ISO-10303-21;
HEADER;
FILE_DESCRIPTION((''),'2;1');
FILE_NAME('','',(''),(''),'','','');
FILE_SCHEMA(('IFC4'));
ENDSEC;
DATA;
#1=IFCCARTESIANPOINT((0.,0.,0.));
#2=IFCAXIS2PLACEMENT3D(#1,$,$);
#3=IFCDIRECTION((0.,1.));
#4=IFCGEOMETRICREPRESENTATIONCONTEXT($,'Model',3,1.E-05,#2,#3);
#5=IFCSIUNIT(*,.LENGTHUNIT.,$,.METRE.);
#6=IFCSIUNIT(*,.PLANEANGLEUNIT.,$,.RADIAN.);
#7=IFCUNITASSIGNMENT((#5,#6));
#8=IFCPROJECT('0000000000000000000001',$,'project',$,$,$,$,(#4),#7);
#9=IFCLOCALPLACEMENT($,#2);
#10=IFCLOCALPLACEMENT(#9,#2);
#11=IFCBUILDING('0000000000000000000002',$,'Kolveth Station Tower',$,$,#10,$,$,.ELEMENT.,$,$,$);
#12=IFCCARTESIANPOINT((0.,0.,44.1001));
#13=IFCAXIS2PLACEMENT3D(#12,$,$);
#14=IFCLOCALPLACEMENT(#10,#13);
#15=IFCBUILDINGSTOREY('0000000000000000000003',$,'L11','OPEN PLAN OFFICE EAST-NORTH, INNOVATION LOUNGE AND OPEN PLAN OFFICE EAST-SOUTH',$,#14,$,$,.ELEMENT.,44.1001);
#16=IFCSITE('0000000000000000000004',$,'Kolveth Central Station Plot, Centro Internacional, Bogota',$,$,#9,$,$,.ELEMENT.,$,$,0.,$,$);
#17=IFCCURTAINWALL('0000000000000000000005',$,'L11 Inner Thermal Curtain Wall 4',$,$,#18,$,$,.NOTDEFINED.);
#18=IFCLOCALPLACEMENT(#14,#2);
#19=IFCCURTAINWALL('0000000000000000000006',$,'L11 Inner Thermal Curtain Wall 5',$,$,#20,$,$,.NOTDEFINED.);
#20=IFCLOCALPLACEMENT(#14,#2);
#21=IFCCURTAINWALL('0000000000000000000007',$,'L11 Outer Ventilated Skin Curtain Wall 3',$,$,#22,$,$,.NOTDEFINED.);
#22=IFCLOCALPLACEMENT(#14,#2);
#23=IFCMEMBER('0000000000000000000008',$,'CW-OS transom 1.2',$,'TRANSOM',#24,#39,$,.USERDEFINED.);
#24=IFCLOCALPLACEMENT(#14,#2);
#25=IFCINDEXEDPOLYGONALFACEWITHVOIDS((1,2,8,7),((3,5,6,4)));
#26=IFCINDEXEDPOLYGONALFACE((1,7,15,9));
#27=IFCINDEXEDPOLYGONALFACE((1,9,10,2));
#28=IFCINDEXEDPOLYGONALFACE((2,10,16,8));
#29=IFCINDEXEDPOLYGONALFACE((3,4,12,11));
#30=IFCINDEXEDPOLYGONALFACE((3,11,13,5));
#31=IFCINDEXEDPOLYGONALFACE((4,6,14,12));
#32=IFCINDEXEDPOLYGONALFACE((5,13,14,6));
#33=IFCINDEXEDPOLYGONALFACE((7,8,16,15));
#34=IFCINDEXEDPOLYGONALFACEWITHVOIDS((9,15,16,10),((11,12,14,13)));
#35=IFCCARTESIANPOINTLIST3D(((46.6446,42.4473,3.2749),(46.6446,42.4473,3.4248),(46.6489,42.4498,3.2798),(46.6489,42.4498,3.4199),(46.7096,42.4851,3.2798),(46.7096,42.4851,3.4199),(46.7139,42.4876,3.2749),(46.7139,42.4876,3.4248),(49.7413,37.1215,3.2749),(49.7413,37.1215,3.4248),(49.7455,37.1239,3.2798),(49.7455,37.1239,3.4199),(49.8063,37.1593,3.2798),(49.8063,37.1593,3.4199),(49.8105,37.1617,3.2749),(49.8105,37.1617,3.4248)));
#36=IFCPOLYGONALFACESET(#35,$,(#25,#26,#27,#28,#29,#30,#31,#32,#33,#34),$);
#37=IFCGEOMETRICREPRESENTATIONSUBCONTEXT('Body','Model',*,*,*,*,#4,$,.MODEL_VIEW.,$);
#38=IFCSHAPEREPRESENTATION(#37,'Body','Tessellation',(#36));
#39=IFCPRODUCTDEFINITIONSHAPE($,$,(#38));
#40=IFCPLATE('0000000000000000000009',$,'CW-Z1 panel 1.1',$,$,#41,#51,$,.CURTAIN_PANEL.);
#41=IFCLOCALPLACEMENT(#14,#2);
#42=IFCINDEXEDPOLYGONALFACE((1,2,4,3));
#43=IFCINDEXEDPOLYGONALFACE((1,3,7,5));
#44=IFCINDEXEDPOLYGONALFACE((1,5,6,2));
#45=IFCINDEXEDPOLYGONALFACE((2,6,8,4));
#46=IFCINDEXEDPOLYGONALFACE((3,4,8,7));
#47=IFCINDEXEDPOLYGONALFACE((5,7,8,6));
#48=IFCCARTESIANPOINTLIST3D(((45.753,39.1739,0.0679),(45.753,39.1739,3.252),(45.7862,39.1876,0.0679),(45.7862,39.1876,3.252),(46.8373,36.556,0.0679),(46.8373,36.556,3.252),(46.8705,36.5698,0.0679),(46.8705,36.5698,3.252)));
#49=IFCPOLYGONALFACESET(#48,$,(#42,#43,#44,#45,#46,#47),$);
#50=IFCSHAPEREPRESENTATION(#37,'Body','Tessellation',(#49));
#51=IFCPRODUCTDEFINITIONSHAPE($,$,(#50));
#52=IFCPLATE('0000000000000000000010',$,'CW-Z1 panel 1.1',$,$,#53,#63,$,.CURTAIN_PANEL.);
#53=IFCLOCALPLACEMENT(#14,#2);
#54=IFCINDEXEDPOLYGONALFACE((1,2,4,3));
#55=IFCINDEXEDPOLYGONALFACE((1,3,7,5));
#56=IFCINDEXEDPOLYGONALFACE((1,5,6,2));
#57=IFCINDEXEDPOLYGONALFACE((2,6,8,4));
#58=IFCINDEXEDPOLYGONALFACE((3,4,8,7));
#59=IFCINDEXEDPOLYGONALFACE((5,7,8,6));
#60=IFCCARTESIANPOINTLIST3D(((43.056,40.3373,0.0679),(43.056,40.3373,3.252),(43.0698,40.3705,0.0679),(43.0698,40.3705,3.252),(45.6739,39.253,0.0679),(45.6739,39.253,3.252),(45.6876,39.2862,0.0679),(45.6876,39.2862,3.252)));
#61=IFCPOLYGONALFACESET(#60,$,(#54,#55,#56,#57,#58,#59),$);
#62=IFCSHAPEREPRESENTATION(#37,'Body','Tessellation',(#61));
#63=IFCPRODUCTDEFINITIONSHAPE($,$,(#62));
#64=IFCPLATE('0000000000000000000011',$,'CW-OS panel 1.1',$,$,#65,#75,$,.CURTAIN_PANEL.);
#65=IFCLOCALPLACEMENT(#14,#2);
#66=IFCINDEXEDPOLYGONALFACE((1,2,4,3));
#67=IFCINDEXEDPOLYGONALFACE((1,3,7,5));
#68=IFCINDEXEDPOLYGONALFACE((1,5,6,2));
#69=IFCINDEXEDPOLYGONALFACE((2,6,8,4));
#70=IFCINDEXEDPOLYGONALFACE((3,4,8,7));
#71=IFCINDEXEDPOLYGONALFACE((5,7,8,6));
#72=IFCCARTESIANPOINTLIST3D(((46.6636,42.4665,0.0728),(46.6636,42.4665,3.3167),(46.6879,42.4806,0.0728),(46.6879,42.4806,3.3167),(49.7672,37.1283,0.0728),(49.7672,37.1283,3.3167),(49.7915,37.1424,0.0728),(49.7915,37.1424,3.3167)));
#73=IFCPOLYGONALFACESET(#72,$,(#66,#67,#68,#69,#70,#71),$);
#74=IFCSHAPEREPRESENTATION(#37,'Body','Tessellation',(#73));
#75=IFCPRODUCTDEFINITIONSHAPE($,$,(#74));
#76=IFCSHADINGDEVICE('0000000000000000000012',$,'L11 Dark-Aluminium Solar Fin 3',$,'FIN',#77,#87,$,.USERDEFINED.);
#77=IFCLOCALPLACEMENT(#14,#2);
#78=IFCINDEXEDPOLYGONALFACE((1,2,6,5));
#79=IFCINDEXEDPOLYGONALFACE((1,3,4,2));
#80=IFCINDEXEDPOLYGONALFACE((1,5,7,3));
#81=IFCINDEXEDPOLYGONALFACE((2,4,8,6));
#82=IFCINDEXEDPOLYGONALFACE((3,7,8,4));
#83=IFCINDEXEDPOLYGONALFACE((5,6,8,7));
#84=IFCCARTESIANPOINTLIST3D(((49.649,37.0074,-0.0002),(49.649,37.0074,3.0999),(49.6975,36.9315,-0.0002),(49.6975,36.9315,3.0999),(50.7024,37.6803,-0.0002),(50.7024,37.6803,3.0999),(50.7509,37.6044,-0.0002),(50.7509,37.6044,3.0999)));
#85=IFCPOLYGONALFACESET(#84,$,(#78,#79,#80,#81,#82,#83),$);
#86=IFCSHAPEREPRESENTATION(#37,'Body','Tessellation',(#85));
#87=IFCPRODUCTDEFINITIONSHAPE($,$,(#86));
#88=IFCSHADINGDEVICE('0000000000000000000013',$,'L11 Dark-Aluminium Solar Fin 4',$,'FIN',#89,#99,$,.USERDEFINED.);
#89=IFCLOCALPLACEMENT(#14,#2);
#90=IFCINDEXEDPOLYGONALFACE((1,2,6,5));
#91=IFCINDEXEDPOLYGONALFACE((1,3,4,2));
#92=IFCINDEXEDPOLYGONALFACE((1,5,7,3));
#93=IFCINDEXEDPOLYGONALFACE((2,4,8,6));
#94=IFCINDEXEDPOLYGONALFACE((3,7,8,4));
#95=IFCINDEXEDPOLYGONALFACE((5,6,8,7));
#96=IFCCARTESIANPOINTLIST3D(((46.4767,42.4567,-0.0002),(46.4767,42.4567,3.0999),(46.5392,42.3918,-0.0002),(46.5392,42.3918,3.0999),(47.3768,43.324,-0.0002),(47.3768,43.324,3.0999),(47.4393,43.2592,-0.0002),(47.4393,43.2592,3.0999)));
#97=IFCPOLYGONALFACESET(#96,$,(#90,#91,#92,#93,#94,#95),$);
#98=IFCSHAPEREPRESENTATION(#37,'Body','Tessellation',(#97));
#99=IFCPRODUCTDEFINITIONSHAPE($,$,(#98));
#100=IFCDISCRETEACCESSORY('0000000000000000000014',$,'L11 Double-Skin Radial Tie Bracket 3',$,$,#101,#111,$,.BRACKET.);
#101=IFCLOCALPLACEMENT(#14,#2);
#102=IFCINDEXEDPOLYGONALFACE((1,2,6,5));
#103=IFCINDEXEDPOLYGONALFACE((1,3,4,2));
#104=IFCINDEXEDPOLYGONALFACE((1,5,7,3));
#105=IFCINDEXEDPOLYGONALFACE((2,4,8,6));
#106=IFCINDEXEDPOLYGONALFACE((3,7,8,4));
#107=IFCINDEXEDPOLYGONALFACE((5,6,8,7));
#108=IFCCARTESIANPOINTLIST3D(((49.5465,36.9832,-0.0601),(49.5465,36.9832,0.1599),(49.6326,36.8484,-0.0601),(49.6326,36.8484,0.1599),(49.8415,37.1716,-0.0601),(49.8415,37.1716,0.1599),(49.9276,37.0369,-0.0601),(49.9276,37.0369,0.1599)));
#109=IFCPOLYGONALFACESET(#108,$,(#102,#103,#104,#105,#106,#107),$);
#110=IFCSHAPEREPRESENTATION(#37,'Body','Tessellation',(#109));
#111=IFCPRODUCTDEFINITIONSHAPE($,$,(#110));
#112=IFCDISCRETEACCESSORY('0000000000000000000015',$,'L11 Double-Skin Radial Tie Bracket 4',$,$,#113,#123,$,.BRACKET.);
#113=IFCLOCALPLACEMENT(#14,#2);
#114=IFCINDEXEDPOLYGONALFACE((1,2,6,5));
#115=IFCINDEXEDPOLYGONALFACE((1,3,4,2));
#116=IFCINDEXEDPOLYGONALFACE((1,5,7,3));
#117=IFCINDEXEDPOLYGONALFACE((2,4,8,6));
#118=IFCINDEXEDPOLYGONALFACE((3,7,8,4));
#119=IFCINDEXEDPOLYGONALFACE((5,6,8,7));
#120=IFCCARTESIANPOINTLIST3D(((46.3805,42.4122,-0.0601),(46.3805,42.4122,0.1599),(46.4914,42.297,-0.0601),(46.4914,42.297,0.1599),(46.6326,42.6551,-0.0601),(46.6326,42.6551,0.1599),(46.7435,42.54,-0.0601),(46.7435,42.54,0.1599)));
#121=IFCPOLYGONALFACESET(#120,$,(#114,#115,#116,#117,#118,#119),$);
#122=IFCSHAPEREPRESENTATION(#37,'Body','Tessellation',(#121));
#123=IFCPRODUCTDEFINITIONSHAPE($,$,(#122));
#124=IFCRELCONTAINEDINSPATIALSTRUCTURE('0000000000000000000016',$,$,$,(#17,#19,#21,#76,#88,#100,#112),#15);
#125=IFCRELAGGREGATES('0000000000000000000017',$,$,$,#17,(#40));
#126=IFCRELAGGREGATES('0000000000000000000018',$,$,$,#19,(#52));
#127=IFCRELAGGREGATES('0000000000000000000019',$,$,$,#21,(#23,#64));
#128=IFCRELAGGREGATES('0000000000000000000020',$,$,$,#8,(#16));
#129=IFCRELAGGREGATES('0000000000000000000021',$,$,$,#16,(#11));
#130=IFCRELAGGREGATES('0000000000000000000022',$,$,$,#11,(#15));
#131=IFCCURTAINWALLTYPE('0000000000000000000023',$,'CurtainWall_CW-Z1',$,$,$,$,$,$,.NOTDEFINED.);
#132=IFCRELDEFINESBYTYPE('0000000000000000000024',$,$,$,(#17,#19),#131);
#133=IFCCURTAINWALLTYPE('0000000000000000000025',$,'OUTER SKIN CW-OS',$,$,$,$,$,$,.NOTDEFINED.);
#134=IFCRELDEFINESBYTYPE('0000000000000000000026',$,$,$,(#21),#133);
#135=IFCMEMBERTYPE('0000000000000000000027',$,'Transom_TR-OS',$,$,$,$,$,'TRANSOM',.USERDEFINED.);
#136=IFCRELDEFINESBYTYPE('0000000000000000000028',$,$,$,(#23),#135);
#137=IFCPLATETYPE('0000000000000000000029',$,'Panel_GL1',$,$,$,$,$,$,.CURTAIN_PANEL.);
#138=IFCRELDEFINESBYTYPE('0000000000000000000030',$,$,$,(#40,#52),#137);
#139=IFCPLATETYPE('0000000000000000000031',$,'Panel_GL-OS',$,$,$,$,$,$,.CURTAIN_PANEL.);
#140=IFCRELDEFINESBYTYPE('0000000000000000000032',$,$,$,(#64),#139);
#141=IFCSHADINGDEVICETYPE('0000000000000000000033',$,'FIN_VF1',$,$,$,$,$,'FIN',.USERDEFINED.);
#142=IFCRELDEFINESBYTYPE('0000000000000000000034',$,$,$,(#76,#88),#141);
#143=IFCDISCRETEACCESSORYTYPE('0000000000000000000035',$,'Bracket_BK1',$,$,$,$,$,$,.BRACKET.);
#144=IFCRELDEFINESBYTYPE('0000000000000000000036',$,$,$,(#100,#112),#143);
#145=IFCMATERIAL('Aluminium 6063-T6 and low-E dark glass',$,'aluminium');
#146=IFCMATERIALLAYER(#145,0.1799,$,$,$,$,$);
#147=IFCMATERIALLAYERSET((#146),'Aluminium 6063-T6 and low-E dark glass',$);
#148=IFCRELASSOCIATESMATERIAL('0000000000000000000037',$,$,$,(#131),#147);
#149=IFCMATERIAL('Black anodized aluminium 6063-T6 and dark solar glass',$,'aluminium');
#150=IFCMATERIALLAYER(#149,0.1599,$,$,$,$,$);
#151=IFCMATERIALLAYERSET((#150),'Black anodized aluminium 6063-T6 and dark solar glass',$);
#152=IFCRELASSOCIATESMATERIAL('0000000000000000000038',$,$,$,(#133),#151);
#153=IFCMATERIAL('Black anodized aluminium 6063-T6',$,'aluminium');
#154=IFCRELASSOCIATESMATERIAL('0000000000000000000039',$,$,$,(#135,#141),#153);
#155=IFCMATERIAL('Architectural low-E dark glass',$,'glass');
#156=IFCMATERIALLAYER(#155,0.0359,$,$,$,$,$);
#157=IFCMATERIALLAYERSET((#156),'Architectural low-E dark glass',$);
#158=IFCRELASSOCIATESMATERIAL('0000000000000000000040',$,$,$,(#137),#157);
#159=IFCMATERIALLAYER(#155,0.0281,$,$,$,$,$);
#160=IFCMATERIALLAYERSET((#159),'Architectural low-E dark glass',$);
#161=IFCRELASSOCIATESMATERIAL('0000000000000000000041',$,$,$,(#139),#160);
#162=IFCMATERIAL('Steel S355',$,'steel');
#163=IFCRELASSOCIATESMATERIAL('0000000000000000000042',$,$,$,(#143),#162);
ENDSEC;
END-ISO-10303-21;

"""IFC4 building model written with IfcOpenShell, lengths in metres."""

from ifc_helpers import new_model, si_unit, direction, frame, origin, origin_2d, place, context, subcontext, project, spatial, rectangle, hollow_rectangle, extrude, source, transform, mapped, material, layer, layer_set, material_profile, profile_set, type_object, element, aggregate, save


model = new_model("IFC4")

# Units and contexts
model_context = context("Model", 3, precision=1e-05, world=origin(), true_north=direction((0.0, 1.0)))
body_context = subcontext(model_context, "Body", "Model", "MODEL_VIEW")
ifc_project = project(units=[si_unit("LENGTHUNIT", "METRE"), si_unit("PLANEANGLEUNIT", "RADIAN")], contexts=[model_context])

# Site, building, storey
site_placement = place(None, origin())
site = spatial("IfcSite", under=ifc_project, at=site_placement, Name="Kolveth Central Station Plot, Centro Internacional, Bogota", CompositionType="ELEMENT", RefElevation=0.0)
building_placement = place(site_placement, origin())
building = spatial("IfcBuilding", under=site, at=building_placement, Name="Kolveth Station Tower", CompositionType="ELEMENT")
storey_placement = place(building_placement, frame((0.0, 0.0, 44.1001)))
storey = spatial("IfcBuildingStorey", under=building, at=storey_placement, Name="L11", Description="OPEN PLAN OFFICE EAST-NORTH, INNOVATION LOUNGE AND OPEN PLAN OFFICE EAST-SOUTH", CompositionType="ELEMENT", Elevation=44.1001)

# Shared definitions
ifc_material_1 = material(Name="Steel S355", Category="steel")

# Curtain wall
ifc_material_2 = material(Name="Aluminium 6063-T6 and low-E dark glass", Category="aluminium")
ifc_layer_1 = layer(ifc_material_2, 0.1799)
ifc_layer_set_1 = layer_set([ifc_layer_1], Name="Aluminium 6063-T6 and low-E dark glass")
curtain_wall_type_1 = type_object("IfcCurtainWallType", Name="CurtainWall_CW-Z1", PredefinedType="NOTDEFINED", material=ifc_layer_set_1)
curtain_wall_1_placement = place(storey_placement, origin())
curtain_wall_1 = element("IfcCurtainWall", 1, at=curtain_wall_1_placement, inside=storey, type_object=curtain_wall_type_1, Name="L11 Inner Thermal Curtain Wall 4", PredefinedType="NOTDEFINED")
ifc_material_3 = material(Name="Black anodized aluminium 6063-T6", Category="aluminium")

# Curtain wall
curtain_wall_2_placement = place(storey_placement, origin())
curtain_wall_2 = element("IfcCurtainWall", 2, at=curtain_wall_2_placement, inside=storey, type_object=curtain_wall_type_1, Name="L11 Inner Thermal Curtain Wall 5", PredefinedType="NOTDEFINED")

# Shared definitions
ifc_material_4 = material(Name="Black anodized aluminium 6063-T6 and dark solar glass", Category="aluminium")
ifc_layer_2 = layer(ifc_material_4, 0.1599)
ifc_layer_set_2 = layer_set([ifc_layer_2], Name="Black anodized aluminium 6063-T6 and dark solar glass")
curtain_wall_type_2 = type_object("IfcCurtainWallType", Name="OUTER SKIN CW-OS", PredefinedType="NOTDEFINED", material=ifc_layer_set_2)

# Curtain wall
curtain_wall_3_placement = place(storey_placement, origin())
curtain_wall_3 = element("IfcCurtainWall", 3, at=curtain_wall_3_placement, inside=storey, type_object=curtain_wall_type_2, Name="L11 Outer Ventilated Skin Curtain Wall 3", PredefinedType="NOTDEFINED")

# Member
ifc_material_profile_1 = material_profile(ifc_material_3, hollow_rectangle(XDim=0.0801, YDim=0.1499, WallThickness=0.0049, at=origin_2d()), Name="ALU-80x150x5")
ifc_profile_set_1 = profile_set([ifc_material_profile_1], Name="Black anodized aluminium 6063-T6")
member_type_1 = type_object("IfcMemberType", Name="Transom_TR-OS", ElementType="TRANSOM", PredefinedType="USERDEFINED", material=ifc_profile_set_1)
shared_shape_1 = source(origin(), body_context, "Body", "SweptSolid", [
    extrude(hollow_rectangle(XDim=0.0801, YDim=0.1499, WallThickness=0.0049, at=origin_2d()), origin(), (0.0, 0.0, 1.0), 6.1606),
])
member_1_placement = place(storey_placement, frame((49.7759, 37.1416, 3.3499), z_axis=(-0.502646, 0.864492, 0.0), x_axis=(-0.864492, -0.502646, 0.0)))
member_1 = element("IfcMember", 4, at=member_1_placement, type_object=member_type_1, Name="CW-OS transom 1.2", ObjectType="TRANSOM", PredefinedType="USERDEFINED", context=body_context, shape_type="MappedRepresentation", body=[
    mapped(shared_shape_1, transform((0.0, 0.0, 0.0), x_axis=(1.0, 0.0, 0.0), y_axis=(0.0, 1.0, 0.0), z_axis=(0.0, 0.0, 1.0), scale=1.0)),
])

# Plates
ifc_material_5 = material(Name="Architectural low-E dark glass", Category="glass")
ifc_layer_3 = layer(ifc_material_5, 0.0359)
ifc_layer_set_3 = layer_set([ifc_layer_3], Name="Architectural low-E dark glass")
plate_type_1 = type_object("IfcPlateType", Name="Panel_GL1", PredefinedType="CURTAIN_PANEL", material=ifc_layer_set_3)
shared_shape_2 = source(origin(), body_context, "Body", "SweptSolid", [
    extrude(rectangle(XDim=2.8335, YDim=0.0359, at=origin_2d()), origin(), (0.0, 0.0, 1.0), 3.1841),
])
plate_1_placement = place(storey_placement, frame((46.3118, 37.8718, 0.0679), z_axis=(0.0, 0.0, 1.0), x_axis=(-0.382673, 0.923884, 0.0)))
plate_1 = element("IfcPlate", 5, at=plate_1_placement, type_object=plate_type_1, Name="CW-Z1 panel 1.1", PredefinedType="CURTAIN_PANEL", context=body_context, shape_type="MappedRepresentation", body=[
    mapped(shared_shape_2, transform((0.0, 0.0, 0.0), x_axis=(1.0, 0.0, 0.0), y_axis=(0.0, 1.0, 0.0), z_axis=(0.0, 0.0, 1.0), scale=1.0)),
])
aggregate(curtain_wall_1, [plate_1])
plate_2_placement = place(storey_placement, frame((44.3718, 39.8118, 0.0679), z_axis=(0.0, 0.0, 1.0), x_axis=(-0.923884, 0.382673, 0.0)))
plate_2 = element("IfcPlate", 6, at=plate_2_placement, type_object=plate_type_1, Name="CW-Z1 panel 1.1", PredefinedType="CURTAIN_PANEL", context=body_context, shape_type="MappedRepresentation", body=[
    mapped(shared_shape_2, transform((0.0, 0.0, 0.0), x_axis=(1.0, 0.0, 0.0), y_axis=(0.0, 1.0, 0.0), z_axis=(0.0, 0.0, 1.0), scale=1.0)),
])
aggregate(curtain_wall_2, [plate_2])
ifc_layer_4 = layer(ifc_material_5, 0.0281)
ifc_layer_set_4 = layer_set([ifc_layer_4], Name="Architectural low-E dark glass")
plate_type_2 = type_object("IfcPlateType", Name="Panel_GL-OS", PredefinedType="CURTAIN_PANEL", material=ifc_layer_set_4)
shared_shape_3 = source(origin(), body_context, "Body", "SweptSolid", [
    extrude(rectangle(XDim=6.1748, YDim=0.0281, at=origin_2d()), origin(), (0.0, 0.0, 1.0), 3.2439),
])
plate_3_placement = place(storey_placement, frame((48.2275, 39.8044, 0.0728), z_axis=(0.0, 0.0, 1.0), x_axis=(-0.502628, 0.864503, 0.0)))
plate_3 = element("IfcPlate", 7, at=plate_3_placement, type_object=plate_type_2, Name="CW-OS panel 1.1", PredefinedType="CURTAIN_PANEL", context=body_context, shape_type="MappedRepresentation", body=[
    mapped(shared_shape_3, transform((0.0, 0.0, 0.0), x_axis=(1.0, 0.0, 0.0), y_axis=(0.0, 1.0, 0.0), z_axis=(0.0, 0.0, 1.0), scale=1.0)),
])
aggregate(curtain_wall_3, [member_1, plate_3])

# Shading devices
shading_device_type = type_object("IfcShadingDeviceType", Name="FIN_VF1", ElementType="FIN", PredefinedType="USERDEFINED", material=ifc_material_3)
shared_shape_4 = source(origin(), body_context, "Body", "SweptSolid", [
    extrude(rectangle(XDim=1.25, YDim=0.0901, at=origin_2d()), origin(), (0.0, 0.0, 1.0), 3.1001),
])
for number, where, z_axis, x_axis, name in (
    (8, (50.2, 37.3059, -0.0002), (0.0, 0.0, 1.0), (0.842734, 0.53833, 0.0), "L11 Dark-Aluminium Solar Fin 3"),
    (9, (46.958, 42.8579, -0.0002), (0.0, 0.0, 1.0), (0.720067, 0.693905, 0.0), "L11 Dark-Aluminium Solar Fin 4"),
):
    element("IfcShadingDevice", number, at=place(storey_placement, frame(where, z_axis=z_axis, x_axis=x_axis)), inside=storey, type_object=shading_device_type, Name=name, ObjectType="FIN", PredefinedType="USERDEFINED", context=body_context, shape_type="MappedRepresentation", body=[
        mapped(shared_shape_4, transform((0.0, 0.0, 0.0), x_axis=(1.0, 0.0, 0.0), y_axis=(0.0, 1.0, 0.0), z_axis=(0.0, 0.0, 1.0), scale=1.0)),
    ])

# Discrete accessories
discrete_accessory_type = type_object("IfcDiscreteAccessoryType", Name="Bracket_BK1", PredefinedType="BRACKET", material=ifc_material_1)
shared_shape_5 = source(origin(), body_context, "Body", "SweptSolid", [
    extrude(rectangle(XDim=0.3501, YDim=0.1599, at=origin_2d()), origin(), (0.0, 0.0, 1.0), 0.22),
])
for number, where, z_axis, x_axis, name in (
    (10, (49.7371, 37.01, -0.0601), (0.0, 0.0, 1.0), (0.842734, 0.53833, 0.0), "L11 Double-Skin Radial Tie Bracket 3"),
    (11, (46.562, 42.4761, -0.0601), (0.0, 0.0, 1.0), (0.720067, 0.693905, 0.0), "L11 Double-Skin Radial Tie Bracket 4"),
):
    element("IfcDiscreteAccessory", number, at=place(storey_placement, frame(where, z_axis=z_axis, x_axis=x_axis)), inside=storey, type_object=discrete_accessory_type, Name=name, PredefinedType="BRACKET", context=body_context, shape_type="MappedRepresentation", body=[
        mapped(shared_shape_5, transform((0.0, 0.0, 0.0), x_axis=(1.0, 0.0, 0.0), y_axis=(0.0, 1.0, 0.0), z_axis=(0.0, 0.0, 1.0), scale=1.0)),
    ])

save(model, "model.ifc")
